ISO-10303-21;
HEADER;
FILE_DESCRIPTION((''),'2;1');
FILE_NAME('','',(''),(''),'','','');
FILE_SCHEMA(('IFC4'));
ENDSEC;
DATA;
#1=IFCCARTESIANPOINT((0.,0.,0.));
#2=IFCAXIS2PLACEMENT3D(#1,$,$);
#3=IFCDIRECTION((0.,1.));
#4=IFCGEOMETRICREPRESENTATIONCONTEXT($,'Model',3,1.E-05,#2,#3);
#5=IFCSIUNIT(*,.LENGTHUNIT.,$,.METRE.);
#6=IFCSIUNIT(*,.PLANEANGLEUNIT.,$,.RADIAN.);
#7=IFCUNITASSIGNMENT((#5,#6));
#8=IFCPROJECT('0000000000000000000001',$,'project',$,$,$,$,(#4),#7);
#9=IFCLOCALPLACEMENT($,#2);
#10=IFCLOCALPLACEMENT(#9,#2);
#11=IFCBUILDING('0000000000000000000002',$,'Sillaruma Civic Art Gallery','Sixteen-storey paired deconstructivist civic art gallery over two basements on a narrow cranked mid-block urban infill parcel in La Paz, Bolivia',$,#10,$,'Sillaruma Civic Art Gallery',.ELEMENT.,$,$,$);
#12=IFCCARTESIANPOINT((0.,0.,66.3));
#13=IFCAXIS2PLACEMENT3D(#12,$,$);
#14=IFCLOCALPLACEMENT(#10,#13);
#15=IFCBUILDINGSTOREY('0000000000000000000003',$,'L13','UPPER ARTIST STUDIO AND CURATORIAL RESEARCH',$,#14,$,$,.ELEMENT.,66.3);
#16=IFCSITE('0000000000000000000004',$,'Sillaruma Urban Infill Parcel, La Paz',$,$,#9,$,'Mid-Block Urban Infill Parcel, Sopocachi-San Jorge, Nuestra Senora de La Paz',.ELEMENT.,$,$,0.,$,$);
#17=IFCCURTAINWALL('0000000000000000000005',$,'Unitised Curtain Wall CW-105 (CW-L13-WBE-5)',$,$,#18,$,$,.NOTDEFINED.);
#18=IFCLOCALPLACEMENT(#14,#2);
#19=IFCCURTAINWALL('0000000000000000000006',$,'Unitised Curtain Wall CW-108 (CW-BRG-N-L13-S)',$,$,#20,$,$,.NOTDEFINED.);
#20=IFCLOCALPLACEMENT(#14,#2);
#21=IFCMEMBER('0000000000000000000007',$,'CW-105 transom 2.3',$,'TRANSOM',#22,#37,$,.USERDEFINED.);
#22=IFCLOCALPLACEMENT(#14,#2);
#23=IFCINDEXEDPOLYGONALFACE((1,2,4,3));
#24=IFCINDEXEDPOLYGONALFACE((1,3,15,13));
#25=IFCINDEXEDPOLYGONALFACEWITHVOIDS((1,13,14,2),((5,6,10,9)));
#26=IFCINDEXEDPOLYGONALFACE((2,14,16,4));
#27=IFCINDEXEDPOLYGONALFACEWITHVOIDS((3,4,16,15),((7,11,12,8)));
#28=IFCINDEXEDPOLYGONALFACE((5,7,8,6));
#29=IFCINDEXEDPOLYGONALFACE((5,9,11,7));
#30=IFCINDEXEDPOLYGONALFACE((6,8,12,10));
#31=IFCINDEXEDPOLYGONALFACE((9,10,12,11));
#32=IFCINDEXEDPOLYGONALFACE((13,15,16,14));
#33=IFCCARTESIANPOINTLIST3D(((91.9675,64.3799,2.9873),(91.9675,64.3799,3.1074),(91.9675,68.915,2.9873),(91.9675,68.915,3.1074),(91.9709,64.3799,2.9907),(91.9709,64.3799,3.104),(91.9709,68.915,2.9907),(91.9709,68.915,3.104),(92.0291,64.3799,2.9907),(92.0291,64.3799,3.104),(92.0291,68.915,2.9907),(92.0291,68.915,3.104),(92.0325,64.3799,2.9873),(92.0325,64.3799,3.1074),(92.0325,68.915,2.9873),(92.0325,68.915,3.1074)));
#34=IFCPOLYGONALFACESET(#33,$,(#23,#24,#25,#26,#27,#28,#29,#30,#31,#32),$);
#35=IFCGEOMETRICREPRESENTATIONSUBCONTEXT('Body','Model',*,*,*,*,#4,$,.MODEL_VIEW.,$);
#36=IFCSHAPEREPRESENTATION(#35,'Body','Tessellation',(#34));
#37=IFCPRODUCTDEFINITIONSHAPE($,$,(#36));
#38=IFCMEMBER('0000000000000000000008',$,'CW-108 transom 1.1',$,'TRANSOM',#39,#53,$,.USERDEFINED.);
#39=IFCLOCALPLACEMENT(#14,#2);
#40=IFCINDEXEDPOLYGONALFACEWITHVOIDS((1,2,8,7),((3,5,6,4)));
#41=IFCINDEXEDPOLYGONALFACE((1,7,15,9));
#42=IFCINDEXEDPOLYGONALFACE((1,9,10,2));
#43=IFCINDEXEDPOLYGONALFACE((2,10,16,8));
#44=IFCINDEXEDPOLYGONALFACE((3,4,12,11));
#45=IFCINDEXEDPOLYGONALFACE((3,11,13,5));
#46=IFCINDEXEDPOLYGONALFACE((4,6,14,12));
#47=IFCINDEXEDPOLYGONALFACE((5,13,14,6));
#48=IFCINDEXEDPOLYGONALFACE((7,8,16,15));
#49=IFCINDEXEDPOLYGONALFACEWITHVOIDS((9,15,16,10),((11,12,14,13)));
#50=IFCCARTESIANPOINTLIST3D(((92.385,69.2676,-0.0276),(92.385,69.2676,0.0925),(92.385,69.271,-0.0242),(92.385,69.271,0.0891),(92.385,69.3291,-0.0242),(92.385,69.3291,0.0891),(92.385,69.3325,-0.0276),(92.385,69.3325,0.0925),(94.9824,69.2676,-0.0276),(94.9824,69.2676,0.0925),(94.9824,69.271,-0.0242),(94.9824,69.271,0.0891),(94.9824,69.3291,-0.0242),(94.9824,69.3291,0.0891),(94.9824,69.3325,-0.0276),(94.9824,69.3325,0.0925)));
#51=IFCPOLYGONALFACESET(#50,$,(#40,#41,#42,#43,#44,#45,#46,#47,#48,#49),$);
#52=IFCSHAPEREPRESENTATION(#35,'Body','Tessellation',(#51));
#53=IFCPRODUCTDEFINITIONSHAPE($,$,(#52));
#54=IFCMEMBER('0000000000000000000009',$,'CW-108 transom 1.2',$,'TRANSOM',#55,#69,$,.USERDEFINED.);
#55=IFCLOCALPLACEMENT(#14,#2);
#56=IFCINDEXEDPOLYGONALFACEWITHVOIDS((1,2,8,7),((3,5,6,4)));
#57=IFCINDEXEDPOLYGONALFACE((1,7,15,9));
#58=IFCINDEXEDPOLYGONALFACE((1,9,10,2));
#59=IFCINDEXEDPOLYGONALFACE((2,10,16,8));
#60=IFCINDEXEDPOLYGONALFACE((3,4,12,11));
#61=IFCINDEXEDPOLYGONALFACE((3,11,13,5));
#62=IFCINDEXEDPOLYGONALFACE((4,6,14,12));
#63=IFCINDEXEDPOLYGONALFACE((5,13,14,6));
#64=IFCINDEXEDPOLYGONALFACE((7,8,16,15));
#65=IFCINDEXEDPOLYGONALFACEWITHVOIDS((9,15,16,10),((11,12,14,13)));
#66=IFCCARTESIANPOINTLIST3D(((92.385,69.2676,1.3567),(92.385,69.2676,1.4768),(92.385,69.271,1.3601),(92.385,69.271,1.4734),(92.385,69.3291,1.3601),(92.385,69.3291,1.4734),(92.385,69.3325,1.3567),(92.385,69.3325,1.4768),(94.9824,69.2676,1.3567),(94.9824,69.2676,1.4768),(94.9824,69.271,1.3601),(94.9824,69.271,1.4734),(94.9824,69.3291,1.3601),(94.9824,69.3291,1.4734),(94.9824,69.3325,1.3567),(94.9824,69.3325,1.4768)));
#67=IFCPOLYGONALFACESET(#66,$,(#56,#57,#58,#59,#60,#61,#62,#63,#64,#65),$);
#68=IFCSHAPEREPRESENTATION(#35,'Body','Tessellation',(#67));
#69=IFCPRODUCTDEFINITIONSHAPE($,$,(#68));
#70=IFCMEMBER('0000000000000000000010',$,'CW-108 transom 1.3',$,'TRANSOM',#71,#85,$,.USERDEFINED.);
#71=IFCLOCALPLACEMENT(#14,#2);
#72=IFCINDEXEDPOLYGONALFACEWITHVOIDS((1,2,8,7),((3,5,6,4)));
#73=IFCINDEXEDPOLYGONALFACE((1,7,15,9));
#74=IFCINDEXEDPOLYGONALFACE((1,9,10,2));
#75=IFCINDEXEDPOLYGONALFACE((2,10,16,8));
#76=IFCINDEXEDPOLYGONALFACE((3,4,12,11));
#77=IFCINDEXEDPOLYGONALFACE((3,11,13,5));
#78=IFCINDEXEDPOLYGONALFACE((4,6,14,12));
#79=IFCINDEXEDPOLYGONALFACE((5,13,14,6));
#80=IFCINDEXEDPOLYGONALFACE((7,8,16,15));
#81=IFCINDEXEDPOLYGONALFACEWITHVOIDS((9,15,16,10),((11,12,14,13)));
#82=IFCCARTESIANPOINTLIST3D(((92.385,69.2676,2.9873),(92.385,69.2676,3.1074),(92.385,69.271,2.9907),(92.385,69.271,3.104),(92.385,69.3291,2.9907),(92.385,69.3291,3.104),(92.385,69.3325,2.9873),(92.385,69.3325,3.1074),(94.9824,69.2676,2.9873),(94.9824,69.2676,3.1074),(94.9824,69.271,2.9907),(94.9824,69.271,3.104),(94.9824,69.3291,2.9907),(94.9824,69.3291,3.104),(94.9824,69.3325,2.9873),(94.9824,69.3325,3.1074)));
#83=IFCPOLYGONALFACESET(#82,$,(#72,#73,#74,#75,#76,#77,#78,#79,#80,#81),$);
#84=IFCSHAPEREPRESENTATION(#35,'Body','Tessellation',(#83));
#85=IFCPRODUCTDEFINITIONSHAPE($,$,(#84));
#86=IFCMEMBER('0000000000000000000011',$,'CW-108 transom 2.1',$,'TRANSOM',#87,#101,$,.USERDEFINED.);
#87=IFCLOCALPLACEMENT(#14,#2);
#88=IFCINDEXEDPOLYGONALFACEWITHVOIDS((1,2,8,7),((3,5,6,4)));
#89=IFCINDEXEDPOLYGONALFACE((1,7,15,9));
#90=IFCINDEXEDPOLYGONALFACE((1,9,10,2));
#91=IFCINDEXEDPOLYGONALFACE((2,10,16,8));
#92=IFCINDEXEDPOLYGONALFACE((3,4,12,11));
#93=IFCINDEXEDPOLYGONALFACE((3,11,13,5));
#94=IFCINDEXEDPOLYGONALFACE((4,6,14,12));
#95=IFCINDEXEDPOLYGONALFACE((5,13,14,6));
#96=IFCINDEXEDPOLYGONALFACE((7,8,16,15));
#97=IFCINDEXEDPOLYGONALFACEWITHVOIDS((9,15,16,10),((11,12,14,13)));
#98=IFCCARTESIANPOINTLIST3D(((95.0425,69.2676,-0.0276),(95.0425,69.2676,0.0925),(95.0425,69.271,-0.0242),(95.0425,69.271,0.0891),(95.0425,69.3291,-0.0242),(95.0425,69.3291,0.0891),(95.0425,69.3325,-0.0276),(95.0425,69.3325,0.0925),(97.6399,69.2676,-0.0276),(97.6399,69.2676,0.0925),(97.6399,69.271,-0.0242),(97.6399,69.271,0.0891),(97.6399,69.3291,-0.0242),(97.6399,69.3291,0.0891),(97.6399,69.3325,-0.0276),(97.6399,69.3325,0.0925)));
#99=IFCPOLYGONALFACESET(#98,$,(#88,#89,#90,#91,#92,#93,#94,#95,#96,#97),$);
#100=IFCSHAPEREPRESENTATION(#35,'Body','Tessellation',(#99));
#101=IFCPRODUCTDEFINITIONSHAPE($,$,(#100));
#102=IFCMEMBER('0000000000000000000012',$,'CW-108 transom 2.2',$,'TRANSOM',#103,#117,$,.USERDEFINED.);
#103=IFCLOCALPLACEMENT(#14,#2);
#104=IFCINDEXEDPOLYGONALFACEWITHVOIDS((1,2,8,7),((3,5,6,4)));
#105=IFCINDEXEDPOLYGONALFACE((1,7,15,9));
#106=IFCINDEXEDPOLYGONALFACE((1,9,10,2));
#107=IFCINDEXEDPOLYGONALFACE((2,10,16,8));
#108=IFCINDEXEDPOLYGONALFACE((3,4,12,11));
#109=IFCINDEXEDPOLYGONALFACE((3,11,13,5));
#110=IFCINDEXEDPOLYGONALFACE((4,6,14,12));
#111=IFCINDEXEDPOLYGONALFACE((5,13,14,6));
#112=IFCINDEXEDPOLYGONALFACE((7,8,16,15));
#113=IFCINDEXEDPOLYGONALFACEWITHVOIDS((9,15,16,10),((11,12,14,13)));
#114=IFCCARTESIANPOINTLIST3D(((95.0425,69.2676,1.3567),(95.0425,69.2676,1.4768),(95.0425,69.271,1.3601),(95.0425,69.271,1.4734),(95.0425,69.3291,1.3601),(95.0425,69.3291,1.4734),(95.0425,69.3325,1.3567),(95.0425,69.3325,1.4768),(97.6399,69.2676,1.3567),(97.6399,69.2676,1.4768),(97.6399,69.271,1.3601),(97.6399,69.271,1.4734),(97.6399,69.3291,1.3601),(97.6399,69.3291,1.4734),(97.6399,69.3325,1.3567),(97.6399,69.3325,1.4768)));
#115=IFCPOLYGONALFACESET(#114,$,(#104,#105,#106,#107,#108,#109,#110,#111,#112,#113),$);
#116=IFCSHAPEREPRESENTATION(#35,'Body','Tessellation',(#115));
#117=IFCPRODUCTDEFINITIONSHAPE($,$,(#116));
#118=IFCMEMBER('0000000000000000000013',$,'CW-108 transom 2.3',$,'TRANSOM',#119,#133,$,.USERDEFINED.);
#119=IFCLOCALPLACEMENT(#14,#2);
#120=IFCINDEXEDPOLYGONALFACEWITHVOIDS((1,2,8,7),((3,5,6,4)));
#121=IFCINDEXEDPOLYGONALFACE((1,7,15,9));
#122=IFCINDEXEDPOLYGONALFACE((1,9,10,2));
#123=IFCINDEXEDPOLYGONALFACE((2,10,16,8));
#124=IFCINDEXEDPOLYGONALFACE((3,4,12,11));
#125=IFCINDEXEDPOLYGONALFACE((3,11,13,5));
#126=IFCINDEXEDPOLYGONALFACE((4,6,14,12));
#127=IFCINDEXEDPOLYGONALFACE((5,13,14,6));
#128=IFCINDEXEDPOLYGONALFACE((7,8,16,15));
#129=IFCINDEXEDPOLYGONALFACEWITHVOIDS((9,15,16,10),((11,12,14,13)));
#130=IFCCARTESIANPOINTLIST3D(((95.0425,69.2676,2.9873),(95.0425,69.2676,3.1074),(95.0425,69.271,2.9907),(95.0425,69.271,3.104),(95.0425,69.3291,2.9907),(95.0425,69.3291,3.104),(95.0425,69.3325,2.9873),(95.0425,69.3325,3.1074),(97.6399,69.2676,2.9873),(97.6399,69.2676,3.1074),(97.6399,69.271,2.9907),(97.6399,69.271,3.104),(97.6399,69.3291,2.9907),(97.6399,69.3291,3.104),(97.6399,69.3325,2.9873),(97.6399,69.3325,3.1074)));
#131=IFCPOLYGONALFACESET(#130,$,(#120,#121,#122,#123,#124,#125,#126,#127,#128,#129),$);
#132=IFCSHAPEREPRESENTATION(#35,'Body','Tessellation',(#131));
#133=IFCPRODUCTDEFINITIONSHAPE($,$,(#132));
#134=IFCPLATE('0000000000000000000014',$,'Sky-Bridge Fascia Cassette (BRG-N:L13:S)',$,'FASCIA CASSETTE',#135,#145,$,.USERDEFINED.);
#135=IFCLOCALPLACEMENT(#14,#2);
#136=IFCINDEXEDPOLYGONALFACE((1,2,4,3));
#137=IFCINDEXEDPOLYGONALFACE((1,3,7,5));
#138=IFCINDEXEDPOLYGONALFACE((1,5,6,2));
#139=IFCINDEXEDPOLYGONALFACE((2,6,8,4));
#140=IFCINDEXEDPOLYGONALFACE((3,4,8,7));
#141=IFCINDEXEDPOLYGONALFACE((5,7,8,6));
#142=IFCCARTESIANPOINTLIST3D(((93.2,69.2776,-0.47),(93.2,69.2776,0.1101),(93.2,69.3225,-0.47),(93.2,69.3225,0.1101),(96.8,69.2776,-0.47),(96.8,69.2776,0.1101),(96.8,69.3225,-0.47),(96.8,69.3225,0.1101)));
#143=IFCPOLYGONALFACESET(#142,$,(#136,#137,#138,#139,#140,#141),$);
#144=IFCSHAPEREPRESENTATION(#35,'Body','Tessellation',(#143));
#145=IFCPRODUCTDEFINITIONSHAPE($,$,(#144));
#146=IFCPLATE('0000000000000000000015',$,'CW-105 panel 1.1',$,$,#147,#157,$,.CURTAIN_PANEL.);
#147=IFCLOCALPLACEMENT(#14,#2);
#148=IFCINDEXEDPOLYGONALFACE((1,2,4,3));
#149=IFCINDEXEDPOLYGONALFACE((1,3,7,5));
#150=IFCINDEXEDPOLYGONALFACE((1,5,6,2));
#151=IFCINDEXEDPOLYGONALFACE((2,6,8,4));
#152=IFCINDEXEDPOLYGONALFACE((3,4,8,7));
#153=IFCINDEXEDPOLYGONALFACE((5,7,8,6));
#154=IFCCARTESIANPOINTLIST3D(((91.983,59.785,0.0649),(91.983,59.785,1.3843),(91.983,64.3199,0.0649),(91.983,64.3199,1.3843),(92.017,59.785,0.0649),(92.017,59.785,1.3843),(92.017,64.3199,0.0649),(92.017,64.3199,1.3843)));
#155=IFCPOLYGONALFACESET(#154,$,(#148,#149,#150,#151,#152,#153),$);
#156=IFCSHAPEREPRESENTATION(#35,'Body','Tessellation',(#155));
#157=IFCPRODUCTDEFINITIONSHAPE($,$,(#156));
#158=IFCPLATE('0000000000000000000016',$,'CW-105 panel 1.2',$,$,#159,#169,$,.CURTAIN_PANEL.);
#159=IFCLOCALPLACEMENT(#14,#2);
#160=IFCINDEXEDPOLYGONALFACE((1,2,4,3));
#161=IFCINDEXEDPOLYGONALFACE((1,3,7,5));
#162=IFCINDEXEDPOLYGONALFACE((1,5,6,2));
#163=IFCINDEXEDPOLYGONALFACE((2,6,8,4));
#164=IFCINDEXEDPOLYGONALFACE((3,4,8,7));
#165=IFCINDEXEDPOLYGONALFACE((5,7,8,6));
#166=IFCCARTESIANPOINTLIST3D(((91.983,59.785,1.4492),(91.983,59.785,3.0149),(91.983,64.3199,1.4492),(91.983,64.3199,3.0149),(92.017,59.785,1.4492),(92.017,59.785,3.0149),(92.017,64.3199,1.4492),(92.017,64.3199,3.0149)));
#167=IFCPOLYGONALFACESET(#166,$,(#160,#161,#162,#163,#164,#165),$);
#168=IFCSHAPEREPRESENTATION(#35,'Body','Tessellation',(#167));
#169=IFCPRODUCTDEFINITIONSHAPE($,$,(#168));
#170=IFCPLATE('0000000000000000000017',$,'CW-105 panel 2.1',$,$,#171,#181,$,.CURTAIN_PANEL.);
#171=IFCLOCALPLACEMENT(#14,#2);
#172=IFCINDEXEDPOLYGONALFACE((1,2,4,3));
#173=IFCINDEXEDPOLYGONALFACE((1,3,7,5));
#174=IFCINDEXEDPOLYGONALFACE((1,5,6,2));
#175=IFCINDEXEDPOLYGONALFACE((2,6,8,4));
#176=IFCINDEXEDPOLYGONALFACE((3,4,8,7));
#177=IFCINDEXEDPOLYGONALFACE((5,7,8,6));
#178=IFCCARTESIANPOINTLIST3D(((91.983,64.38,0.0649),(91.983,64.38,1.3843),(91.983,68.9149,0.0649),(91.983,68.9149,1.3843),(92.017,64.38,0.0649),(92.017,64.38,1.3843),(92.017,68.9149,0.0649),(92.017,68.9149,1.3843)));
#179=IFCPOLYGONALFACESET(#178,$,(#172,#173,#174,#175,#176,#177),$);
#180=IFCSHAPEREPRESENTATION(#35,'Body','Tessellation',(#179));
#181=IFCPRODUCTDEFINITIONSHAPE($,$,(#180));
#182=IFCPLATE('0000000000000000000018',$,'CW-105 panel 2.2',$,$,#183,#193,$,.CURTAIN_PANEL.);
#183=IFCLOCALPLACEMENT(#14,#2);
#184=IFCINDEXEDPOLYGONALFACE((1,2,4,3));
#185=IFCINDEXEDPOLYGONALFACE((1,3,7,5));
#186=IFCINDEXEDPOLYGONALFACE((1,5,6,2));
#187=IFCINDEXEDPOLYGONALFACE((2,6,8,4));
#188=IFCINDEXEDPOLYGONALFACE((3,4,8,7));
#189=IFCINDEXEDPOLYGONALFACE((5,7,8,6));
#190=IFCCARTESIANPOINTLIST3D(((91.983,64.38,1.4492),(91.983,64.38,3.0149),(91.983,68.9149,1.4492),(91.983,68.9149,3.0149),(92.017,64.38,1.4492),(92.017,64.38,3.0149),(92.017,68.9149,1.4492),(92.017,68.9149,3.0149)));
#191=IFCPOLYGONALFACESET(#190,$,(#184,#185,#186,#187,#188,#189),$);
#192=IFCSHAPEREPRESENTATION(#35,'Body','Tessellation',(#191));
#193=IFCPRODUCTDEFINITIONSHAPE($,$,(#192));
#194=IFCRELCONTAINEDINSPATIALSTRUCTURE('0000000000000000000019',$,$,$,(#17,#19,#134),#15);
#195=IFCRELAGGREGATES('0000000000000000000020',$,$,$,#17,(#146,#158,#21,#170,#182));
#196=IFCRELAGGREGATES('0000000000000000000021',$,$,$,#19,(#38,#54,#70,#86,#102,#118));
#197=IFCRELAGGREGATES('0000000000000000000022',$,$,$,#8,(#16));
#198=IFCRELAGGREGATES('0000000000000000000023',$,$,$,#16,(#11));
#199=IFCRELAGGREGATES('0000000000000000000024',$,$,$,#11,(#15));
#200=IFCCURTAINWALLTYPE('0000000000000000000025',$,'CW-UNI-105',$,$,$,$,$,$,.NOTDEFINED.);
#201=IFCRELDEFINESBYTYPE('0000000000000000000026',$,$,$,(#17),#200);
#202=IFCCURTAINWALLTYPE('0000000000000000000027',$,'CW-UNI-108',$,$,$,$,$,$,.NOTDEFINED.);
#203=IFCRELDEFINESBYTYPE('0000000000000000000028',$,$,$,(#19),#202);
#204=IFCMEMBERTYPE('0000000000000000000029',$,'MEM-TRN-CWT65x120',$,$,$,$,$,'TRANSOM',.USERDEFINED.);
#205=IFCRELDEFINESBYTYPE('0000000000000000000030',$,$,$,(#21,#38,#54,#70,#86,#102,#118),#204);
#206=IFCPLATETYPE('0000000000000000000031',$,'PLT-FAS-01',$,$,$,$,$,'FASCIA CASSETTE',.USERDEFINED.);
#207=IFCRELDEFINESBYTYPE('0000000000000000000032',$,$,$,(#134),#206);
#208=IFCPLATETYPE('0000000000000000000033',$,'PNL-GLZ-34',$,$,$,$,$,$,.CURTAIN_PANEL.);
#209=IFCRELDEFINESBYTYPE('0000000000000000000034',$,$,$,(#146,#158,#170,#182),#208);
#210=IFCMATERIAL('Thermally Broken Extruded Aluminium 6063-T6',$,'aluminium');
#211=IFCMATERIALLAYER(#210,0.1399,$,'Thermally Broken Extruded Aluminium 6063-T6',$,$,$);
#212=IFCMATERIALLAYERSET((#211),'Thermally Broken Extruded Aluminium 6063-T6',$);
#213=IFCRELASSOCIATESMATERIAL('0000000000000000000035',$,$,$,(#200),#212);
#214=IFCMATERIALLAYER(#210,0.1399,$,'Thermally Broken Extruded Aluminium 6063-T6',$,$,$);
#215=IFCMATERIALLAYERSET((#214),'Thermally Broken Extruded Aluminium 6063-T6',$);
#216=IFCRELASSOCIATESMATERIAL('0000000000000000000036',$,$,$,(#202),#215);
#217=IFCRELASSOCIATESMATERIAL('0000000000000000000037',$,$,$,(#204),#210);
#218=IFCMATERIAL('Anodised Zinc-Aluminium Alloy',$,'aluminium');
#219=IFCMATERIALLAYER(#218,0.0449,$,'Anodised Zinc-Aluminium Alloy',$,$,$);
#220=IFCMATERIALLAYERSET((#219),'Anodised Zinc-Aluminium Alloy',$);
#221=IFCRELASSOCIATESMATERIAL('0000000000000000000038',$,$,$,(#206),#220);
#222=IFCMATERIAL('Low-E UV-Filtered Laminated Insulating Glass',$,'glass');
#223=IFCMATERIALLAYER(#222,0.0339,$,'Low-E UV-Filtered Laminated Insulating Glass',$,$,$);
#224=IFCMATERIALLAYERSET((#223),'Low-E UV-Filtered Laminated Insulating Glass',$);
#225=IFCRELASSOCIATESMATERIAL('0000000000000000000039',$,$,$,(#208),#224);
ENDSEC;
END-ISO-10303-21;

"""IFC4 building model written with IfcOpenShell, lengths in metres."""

from ifc_helpers import new_model, si_unit, direction, frame, origin, origin_2d, place, context, subcontext, project, spatial, rectangle, hollow_rectangle, extrude, material, layer, layer_set, material_profile, profile_set, type_object, element, aggregate, save


model = new_model("IFC4")

# Units and contexts
model_context = context("Model", 3, precision=1e-05, world=origin(), true_north=direction((0.0, 1.0)))
body_context = subcontext(model_context, "Body", "Model", "MODEL_VIEW")
ifc_project = project(units=[si_unit("LENGTHUNIT", "METRE"), si_unit("PLANEANGLEUNIT", "RADIAN")], contexts=[model_context])

# Site, building, storey
site_placement = place(None, origin())
site = spatial("IfcSite", under=ifc_project, at=site_placement, Name="Sillaruma Urban Infill Parcel, La Paz", LongName="Mid-Block Urban Infill Parcel, Sopocachi-San Jorge, Nuestra Senora de La Paz", CompositionType="ELEMENT", RefElevation=0.0)
building_placement = place(site_placement, origin())
building = spatial("IfcBuilding", under=site, at=building_placement, Name="Sillaruma Civic Art Gallery", Description="Sixteen-storey paired deconstructivist civic art gallery over two basements on a narrow cranked mid-block urban infill parcel in La Paz, Bolivia", LongName="Sillaruma Civic Art Gallery", CompositionType="ELEMENT")
storey_placement = place(building_placement, frame((0.0, 0.0, 66.3)))
storey = spatial("IfcBuildingStorey", under=building, at=storey_placement, Name="L13", Description="UPPER ARTIST STUDIO AND CURATORIAL RESEARCH", CompositionType="ELEMENT", Elevation=66.3)

# Curtain walls
ifc_material_1 = material(Name="Thermally Broken Extruded Aluminium 6063-T6", Category="aluminium")
ifc_layer_1 = layer(ifc_material_1, 0.1399, Name="Thermally Broken Extruded Aluminium 6063-T6")
ifc_layer_set_1 = layer_set([ifc_layer_1], Name="Thermally Broken Extruded Aluminium 6063-T6")
curtain_wall_type_1 = type_object("IfcCurtainWallType", Name="CW-UNI-105", PredefinedType="NOTDEFINED", material=ifc_layer_set_1)
curtain_wall_1_placement = place(storey_placement, origin())
curtain_wall_1 = element("IfcCurtainWall", 1, at=curtain_wall_1_placement, inside=storey, type_object=curtain_wall_type_1, Name="Unitised Curtain Wall CW-105 (CW-L13-WBE-5)", PredefinedType="NOTDEFINED")
ifc_layer_2 = layer(ifc_material_1, 0.1399, Name="Thermally Broken Extruded Aluminium 6063-T6")
ifc_layer_set_2 = layer_set([ifc_layer_2], Name="Thermally Broken Extruded Aluminium 6063-T6")
curtain_wall_type_2 = type_object("IfcCurtainWallType", Name="CW-UNI-108", PredefinedType="NOTDEFINED", material=ifc_layer_set_2)
curtain_wall_2_placement = place(storey_placement, origin())
curtain_wall_2 = element("IfcCurtainWall", 2, at=curtain_wall_2_placement, inside=storey, type_object=curtain_wall_type_2, Name="Unitised Curtain Wall CW-108 (CW-BRG-N-L13-S)", PredefinedType="NOTDEFINED")

# Members
ifc_material_profile_1 = material_profile(ifc_material_1, hollow_rectangle(XDim=0.0649, YDim=0.1201, WallThickness=0.0034, at=origin_2d()), Name="CWT65x120")
ifc_profile_set_1 = profile_set([ifc_material_profile_1], Name="Thermally Broken Extruded Aluminium 6063-T6")
member_type_1 = type_object("IfcMemberType", Name="MEM-TRN-CWT65x120", ElementType="TRANSOM", PredefinedType="USERDEFINED", material=ifc_profile_set_1)
member_1_placement = place(storey_placement, frame((92.0, 64.3799, 3.0474), z_axis=(0.0, 1.0, 0.0), x_axis=(-1.0, 0.0, 0.0)))
member_1 = element("IfcMember", 3, at=member_1_placement, type_object=member_type_1, Name="CW-105 transom 2.3", ObjectType="TRANSOM", PredefinedType="USERDEFINED", context=body_context, shape_type="SweptSolid", body=[
    extrude(hollow_rectangle(XDim=0.0649, YDim=0.1201, WallThickness=0.0034, at=origin_2d()), origin(), (0.0, 0.0, 1.0), 4.5352),
])
member_2_placement = place(storey_placement, frame((92.385, 69.3, 0.0325), z_axis=(1.0, 0.0, 0.0), x_axis=(0.0, 1.0, 0.0)))
member_2 = element("IfcMember", 4, at=member_2_placement, type_object=member_type_1, Name="CW-108 transom 1.1", ObjectType="TRANSOM", PredefinedType="USERDEFINED", context=body_context, shape_type="SweptSolid", body=[
    extrude(hollow_rectangle(XDim=0.0649, YDim=0.1201, WallThickness=0.0034, at=origin_2d()), origin(), (0.0, 0.0, 1.0), 2.5974),
])
member_3_placement = place(storey_placement, frame((92.385, 69.3, 1.4167), z_axis=(1.0, 0.0, 0.0), x_axis=(0.0, 1.0, 0.0)))
member_3 = element("IfcMember", 5, at=member_3_placement, type_object=member_type_1, Name="CW-108 transom 1.2", ObjectType="TRANSOM", PredefinedType="USERDEFINED", context=body_context, shape_type="SweptSolid", body=[
    extrude(hollow_rectangle(XDim=0.0649, YDim=0.1201, WallThickness=0.0034, at=origin_2d()), origin(), (0.0, 0.0, 1.0), 2.5974),
])
member_4_placement = place(storey_placement, frame((92.385, 69.3, 3.0474), z_axis=(1.0, 0.0, 0.0), x_axis=(0.0, 1.0, 0.0)))
member_4 = element("IfcMember", 6, at=member_4_placement, type_object=member_type_1, Name="CW-108 transom 1.3", ObjectType="TRANSOM", PredefinedType="USERDEFINED", context=body_context, shape_type="SweptSolid", body=[
    extrude(hollow_rectangle(XDim=0.0649, YDim=0.1201, WallThickness=0.0034, at=origin_2d()), origin(), (0.0, 0.0, 1.0), 2.5974),
])
member_5_placement = place(storey_placement, frame((95.0425, 69.3, 0.0325), z_axis=(1.0, 0.0, 0.0), x_axis=(0.0, 1.0, 0.0)))
member_5 = element("IfcMember", 7, at=member_5_placement, type_object=member_type_1, Name="CW-108 transom 2.1", ObjectType="TRANSOM", PredefinedType="USERDEFINED", context=body_context, shape_type="SweptSolid", body=[
    extrude(hollow_rectangle(XDim=0.0649, YDim=0.1201, WallThickness=0.0034, at=origin_2d()), origin(), (0.0, 0.0, 1.0), 2.5974),
])
member_6_placement = place(storey_placement, frame((95.0425, 69.3, 1.4167), z_axis=(1.0, 0.0, 0.0), x_axis=(0.0, 1.0, 0.0)))
member_6 = element("IfcMember", 8, at=member_6_placement, type_object=member_type_1, Name="CW-108 transom 2.2", ObjectType="TRANSOM", PredefinedType="USERDEFINED", context=body_context, shape_type="SweptSolid", body=[
    extrude(hollow_rectangle(XDim=0.0649, YDim=0.1201, WallThickness=0.0034, at=origin_2d()), origin(), (0.0, 0.0, 1.0), 2.5974),
])
member_7_placement = place(storey_placement, frame((95.0425, 69.3, 3.0474), z_axis=(1.0, 0.0, 0.0), x_axis=(0.0, 1.0, 0.0)))
member_7 = element("IfcMember", 9, at=member_7_placement, type_object=member_type_1, Name="CW-108 transom 2.3", ObjectType="TRANSOM", PredefinedType="USERDEFINED", context=body_context, shape_type="SweptSolid", body=[
    extrude(hollow_rectangle(XDim=0.0649, YDim=0.1201, WallThickness=0.0034, at=origin_2d()), origin(), (0.0, 0.0, 1.0), 2.5974),
])

# Plates
ifc_material_2 = material(Name="Anodised Zinc-Aluminium Alloy", Category="aluminium")
ifc_layer_3 = layer(ifc_material_2, 0.0449, Name="Anodised Zinc-Aluminium Alloy")
ifc_layer_set_3 = layer_set([ifc_layer_3], Name="Anodised Zinc-Aluminium Alloy")
plate_type_1 = type_object("IfcPlateType", Name="PLT-FAS-01", ElementType="FASCIA CASSETTE", PredefinedType="USERDEFINED", material=ifc_layer_set_3)
plate_1_placement = place(storey_placement, frame((95.0, 69.3, -0.47), z_axis=(0.0, 0.0, 1.0), x_axis=(1.0, 0.0, 0.0)))
element("IfcPlate", 10, at=plate_1_placement, inside=storey, type_object=plate_type_1, Name="Sky-Bridge Fascia Cassette (BRG-N:L13:S)", ObjectType="FASCIA CASSETTE", PredefinedType="USERDEFINED", context=body_context, shape_type="SweptSolid", body=[
    extrude(rectangle(XDim=3.6001, YDim=0.0449, at=origin_2d()), origin(), (0.0, 0.0, 1.0), 0.5801),
])
ifc_material_3 = material(Name="Low-E UV-Filtered Laminated Insulating Glass", Category="glass")
ifc_layer_4 = layer(ifc_material_3, 0.0339, Name="Low-E UV-Filtered Laminated Insulating Glass")
ifc_layer_set_4 = layer_set([ifc_layer_4], Name="Low-E UV-Filtered Laminated Insulating Glass")
plate_type_2 = type_object("IfcPlateType", Name="PNL-GLZ-34", PredefinedType="CURTAIN_PANEL", material=ifc_layer_set_4)
plate_2_placement = place(storey_placement, frame((92.0, 62.0525, 0.0649), z_axis=(0.0, 0.0, 1.0), x_axis=(0.0, 1.0, 0.0)))
plate_2 = element("IfcPlate", 11, at=plate_2_placement, type_object=plate_type_2, Name="CW-105 panel 1.1", PredefinedType="CURTAIN_PANEL", context=body_context, shape_type="SweptSolid", body=[
    extrude(rectangle(XDim=4.5349, YDim=0.0339, at=origin_2d()), origin(), (0.0, 0.0, 1.0), 1.3193),
])
plate_3_placement = place(storey_placement, frame((92.0, 62.0525, 1.4492), z_axis=(0.0, 0.0, 1.0), x_axis=(0.0, 1.0, 0.0)))
plate_3 = element("IfcPlate", 12, at=plate_3_placement, type_object=plate_type_2, Name="CW-105 panel 1.2", PredefinedType="CURTAIN_PANEL", context=body_context, shape_type="SweptSolid", body=[
    extrude(rectangle(XDim=4.5349, YDim=0.0339, at=origin_2d()), origin(), (0.0, 0.0, 1.0), 1.5657),
])
plate_4_placement = place(storey_placement, frame((92.0, 66.6475, 0.0649), z_axis=(0.0, 0.0, 1.0), x_axis=(0.0, 1.0, 0.0)))
plate_4 = element("IfcPlate", 13, at=plate_4_placement, type_object=plate_type_2, Name="CW-105 panel 2.1", PredefinedType="CURTAIN_PANEL", context=body_context, shape_type="SweptSolid", body=[
    extrude(rectangle(XDim=4.5349, YDim=0.0339, at=origin_2d()), origin(), (0.0, 0.0, 1.0), 1.3193),
])
plate_5_placement = place(storey_placement, frame((92.0, 66.6475, 1.4492), z_axis=(0.0, 0.0, 1.0), x_axis=(0.0, 1.0, 0.0)))
plate_5 = element("IfcPlate", 14, at=plate_5_placement, type_object=plate_type_2, Name="CW-105 panel 2.2", PredefinedType="CURTAIN_PANEL", context=body_context, shape_type="SweptSolid", body=[
    extrude(rectangle(XDim=4.5349, YDim=0.0339, at=origin_2d()), origin(), (0.0, 0.0, 1.0), 1.5657),
])
aggregate(curtain_wall_1, [plate_2, plate_3, member_1, plate_4, plate_5])
aggregate(curtain_wall_2, [member_2, member_3, member_4, member_5, member_6, member_7])

save(model, "model.ifc")
